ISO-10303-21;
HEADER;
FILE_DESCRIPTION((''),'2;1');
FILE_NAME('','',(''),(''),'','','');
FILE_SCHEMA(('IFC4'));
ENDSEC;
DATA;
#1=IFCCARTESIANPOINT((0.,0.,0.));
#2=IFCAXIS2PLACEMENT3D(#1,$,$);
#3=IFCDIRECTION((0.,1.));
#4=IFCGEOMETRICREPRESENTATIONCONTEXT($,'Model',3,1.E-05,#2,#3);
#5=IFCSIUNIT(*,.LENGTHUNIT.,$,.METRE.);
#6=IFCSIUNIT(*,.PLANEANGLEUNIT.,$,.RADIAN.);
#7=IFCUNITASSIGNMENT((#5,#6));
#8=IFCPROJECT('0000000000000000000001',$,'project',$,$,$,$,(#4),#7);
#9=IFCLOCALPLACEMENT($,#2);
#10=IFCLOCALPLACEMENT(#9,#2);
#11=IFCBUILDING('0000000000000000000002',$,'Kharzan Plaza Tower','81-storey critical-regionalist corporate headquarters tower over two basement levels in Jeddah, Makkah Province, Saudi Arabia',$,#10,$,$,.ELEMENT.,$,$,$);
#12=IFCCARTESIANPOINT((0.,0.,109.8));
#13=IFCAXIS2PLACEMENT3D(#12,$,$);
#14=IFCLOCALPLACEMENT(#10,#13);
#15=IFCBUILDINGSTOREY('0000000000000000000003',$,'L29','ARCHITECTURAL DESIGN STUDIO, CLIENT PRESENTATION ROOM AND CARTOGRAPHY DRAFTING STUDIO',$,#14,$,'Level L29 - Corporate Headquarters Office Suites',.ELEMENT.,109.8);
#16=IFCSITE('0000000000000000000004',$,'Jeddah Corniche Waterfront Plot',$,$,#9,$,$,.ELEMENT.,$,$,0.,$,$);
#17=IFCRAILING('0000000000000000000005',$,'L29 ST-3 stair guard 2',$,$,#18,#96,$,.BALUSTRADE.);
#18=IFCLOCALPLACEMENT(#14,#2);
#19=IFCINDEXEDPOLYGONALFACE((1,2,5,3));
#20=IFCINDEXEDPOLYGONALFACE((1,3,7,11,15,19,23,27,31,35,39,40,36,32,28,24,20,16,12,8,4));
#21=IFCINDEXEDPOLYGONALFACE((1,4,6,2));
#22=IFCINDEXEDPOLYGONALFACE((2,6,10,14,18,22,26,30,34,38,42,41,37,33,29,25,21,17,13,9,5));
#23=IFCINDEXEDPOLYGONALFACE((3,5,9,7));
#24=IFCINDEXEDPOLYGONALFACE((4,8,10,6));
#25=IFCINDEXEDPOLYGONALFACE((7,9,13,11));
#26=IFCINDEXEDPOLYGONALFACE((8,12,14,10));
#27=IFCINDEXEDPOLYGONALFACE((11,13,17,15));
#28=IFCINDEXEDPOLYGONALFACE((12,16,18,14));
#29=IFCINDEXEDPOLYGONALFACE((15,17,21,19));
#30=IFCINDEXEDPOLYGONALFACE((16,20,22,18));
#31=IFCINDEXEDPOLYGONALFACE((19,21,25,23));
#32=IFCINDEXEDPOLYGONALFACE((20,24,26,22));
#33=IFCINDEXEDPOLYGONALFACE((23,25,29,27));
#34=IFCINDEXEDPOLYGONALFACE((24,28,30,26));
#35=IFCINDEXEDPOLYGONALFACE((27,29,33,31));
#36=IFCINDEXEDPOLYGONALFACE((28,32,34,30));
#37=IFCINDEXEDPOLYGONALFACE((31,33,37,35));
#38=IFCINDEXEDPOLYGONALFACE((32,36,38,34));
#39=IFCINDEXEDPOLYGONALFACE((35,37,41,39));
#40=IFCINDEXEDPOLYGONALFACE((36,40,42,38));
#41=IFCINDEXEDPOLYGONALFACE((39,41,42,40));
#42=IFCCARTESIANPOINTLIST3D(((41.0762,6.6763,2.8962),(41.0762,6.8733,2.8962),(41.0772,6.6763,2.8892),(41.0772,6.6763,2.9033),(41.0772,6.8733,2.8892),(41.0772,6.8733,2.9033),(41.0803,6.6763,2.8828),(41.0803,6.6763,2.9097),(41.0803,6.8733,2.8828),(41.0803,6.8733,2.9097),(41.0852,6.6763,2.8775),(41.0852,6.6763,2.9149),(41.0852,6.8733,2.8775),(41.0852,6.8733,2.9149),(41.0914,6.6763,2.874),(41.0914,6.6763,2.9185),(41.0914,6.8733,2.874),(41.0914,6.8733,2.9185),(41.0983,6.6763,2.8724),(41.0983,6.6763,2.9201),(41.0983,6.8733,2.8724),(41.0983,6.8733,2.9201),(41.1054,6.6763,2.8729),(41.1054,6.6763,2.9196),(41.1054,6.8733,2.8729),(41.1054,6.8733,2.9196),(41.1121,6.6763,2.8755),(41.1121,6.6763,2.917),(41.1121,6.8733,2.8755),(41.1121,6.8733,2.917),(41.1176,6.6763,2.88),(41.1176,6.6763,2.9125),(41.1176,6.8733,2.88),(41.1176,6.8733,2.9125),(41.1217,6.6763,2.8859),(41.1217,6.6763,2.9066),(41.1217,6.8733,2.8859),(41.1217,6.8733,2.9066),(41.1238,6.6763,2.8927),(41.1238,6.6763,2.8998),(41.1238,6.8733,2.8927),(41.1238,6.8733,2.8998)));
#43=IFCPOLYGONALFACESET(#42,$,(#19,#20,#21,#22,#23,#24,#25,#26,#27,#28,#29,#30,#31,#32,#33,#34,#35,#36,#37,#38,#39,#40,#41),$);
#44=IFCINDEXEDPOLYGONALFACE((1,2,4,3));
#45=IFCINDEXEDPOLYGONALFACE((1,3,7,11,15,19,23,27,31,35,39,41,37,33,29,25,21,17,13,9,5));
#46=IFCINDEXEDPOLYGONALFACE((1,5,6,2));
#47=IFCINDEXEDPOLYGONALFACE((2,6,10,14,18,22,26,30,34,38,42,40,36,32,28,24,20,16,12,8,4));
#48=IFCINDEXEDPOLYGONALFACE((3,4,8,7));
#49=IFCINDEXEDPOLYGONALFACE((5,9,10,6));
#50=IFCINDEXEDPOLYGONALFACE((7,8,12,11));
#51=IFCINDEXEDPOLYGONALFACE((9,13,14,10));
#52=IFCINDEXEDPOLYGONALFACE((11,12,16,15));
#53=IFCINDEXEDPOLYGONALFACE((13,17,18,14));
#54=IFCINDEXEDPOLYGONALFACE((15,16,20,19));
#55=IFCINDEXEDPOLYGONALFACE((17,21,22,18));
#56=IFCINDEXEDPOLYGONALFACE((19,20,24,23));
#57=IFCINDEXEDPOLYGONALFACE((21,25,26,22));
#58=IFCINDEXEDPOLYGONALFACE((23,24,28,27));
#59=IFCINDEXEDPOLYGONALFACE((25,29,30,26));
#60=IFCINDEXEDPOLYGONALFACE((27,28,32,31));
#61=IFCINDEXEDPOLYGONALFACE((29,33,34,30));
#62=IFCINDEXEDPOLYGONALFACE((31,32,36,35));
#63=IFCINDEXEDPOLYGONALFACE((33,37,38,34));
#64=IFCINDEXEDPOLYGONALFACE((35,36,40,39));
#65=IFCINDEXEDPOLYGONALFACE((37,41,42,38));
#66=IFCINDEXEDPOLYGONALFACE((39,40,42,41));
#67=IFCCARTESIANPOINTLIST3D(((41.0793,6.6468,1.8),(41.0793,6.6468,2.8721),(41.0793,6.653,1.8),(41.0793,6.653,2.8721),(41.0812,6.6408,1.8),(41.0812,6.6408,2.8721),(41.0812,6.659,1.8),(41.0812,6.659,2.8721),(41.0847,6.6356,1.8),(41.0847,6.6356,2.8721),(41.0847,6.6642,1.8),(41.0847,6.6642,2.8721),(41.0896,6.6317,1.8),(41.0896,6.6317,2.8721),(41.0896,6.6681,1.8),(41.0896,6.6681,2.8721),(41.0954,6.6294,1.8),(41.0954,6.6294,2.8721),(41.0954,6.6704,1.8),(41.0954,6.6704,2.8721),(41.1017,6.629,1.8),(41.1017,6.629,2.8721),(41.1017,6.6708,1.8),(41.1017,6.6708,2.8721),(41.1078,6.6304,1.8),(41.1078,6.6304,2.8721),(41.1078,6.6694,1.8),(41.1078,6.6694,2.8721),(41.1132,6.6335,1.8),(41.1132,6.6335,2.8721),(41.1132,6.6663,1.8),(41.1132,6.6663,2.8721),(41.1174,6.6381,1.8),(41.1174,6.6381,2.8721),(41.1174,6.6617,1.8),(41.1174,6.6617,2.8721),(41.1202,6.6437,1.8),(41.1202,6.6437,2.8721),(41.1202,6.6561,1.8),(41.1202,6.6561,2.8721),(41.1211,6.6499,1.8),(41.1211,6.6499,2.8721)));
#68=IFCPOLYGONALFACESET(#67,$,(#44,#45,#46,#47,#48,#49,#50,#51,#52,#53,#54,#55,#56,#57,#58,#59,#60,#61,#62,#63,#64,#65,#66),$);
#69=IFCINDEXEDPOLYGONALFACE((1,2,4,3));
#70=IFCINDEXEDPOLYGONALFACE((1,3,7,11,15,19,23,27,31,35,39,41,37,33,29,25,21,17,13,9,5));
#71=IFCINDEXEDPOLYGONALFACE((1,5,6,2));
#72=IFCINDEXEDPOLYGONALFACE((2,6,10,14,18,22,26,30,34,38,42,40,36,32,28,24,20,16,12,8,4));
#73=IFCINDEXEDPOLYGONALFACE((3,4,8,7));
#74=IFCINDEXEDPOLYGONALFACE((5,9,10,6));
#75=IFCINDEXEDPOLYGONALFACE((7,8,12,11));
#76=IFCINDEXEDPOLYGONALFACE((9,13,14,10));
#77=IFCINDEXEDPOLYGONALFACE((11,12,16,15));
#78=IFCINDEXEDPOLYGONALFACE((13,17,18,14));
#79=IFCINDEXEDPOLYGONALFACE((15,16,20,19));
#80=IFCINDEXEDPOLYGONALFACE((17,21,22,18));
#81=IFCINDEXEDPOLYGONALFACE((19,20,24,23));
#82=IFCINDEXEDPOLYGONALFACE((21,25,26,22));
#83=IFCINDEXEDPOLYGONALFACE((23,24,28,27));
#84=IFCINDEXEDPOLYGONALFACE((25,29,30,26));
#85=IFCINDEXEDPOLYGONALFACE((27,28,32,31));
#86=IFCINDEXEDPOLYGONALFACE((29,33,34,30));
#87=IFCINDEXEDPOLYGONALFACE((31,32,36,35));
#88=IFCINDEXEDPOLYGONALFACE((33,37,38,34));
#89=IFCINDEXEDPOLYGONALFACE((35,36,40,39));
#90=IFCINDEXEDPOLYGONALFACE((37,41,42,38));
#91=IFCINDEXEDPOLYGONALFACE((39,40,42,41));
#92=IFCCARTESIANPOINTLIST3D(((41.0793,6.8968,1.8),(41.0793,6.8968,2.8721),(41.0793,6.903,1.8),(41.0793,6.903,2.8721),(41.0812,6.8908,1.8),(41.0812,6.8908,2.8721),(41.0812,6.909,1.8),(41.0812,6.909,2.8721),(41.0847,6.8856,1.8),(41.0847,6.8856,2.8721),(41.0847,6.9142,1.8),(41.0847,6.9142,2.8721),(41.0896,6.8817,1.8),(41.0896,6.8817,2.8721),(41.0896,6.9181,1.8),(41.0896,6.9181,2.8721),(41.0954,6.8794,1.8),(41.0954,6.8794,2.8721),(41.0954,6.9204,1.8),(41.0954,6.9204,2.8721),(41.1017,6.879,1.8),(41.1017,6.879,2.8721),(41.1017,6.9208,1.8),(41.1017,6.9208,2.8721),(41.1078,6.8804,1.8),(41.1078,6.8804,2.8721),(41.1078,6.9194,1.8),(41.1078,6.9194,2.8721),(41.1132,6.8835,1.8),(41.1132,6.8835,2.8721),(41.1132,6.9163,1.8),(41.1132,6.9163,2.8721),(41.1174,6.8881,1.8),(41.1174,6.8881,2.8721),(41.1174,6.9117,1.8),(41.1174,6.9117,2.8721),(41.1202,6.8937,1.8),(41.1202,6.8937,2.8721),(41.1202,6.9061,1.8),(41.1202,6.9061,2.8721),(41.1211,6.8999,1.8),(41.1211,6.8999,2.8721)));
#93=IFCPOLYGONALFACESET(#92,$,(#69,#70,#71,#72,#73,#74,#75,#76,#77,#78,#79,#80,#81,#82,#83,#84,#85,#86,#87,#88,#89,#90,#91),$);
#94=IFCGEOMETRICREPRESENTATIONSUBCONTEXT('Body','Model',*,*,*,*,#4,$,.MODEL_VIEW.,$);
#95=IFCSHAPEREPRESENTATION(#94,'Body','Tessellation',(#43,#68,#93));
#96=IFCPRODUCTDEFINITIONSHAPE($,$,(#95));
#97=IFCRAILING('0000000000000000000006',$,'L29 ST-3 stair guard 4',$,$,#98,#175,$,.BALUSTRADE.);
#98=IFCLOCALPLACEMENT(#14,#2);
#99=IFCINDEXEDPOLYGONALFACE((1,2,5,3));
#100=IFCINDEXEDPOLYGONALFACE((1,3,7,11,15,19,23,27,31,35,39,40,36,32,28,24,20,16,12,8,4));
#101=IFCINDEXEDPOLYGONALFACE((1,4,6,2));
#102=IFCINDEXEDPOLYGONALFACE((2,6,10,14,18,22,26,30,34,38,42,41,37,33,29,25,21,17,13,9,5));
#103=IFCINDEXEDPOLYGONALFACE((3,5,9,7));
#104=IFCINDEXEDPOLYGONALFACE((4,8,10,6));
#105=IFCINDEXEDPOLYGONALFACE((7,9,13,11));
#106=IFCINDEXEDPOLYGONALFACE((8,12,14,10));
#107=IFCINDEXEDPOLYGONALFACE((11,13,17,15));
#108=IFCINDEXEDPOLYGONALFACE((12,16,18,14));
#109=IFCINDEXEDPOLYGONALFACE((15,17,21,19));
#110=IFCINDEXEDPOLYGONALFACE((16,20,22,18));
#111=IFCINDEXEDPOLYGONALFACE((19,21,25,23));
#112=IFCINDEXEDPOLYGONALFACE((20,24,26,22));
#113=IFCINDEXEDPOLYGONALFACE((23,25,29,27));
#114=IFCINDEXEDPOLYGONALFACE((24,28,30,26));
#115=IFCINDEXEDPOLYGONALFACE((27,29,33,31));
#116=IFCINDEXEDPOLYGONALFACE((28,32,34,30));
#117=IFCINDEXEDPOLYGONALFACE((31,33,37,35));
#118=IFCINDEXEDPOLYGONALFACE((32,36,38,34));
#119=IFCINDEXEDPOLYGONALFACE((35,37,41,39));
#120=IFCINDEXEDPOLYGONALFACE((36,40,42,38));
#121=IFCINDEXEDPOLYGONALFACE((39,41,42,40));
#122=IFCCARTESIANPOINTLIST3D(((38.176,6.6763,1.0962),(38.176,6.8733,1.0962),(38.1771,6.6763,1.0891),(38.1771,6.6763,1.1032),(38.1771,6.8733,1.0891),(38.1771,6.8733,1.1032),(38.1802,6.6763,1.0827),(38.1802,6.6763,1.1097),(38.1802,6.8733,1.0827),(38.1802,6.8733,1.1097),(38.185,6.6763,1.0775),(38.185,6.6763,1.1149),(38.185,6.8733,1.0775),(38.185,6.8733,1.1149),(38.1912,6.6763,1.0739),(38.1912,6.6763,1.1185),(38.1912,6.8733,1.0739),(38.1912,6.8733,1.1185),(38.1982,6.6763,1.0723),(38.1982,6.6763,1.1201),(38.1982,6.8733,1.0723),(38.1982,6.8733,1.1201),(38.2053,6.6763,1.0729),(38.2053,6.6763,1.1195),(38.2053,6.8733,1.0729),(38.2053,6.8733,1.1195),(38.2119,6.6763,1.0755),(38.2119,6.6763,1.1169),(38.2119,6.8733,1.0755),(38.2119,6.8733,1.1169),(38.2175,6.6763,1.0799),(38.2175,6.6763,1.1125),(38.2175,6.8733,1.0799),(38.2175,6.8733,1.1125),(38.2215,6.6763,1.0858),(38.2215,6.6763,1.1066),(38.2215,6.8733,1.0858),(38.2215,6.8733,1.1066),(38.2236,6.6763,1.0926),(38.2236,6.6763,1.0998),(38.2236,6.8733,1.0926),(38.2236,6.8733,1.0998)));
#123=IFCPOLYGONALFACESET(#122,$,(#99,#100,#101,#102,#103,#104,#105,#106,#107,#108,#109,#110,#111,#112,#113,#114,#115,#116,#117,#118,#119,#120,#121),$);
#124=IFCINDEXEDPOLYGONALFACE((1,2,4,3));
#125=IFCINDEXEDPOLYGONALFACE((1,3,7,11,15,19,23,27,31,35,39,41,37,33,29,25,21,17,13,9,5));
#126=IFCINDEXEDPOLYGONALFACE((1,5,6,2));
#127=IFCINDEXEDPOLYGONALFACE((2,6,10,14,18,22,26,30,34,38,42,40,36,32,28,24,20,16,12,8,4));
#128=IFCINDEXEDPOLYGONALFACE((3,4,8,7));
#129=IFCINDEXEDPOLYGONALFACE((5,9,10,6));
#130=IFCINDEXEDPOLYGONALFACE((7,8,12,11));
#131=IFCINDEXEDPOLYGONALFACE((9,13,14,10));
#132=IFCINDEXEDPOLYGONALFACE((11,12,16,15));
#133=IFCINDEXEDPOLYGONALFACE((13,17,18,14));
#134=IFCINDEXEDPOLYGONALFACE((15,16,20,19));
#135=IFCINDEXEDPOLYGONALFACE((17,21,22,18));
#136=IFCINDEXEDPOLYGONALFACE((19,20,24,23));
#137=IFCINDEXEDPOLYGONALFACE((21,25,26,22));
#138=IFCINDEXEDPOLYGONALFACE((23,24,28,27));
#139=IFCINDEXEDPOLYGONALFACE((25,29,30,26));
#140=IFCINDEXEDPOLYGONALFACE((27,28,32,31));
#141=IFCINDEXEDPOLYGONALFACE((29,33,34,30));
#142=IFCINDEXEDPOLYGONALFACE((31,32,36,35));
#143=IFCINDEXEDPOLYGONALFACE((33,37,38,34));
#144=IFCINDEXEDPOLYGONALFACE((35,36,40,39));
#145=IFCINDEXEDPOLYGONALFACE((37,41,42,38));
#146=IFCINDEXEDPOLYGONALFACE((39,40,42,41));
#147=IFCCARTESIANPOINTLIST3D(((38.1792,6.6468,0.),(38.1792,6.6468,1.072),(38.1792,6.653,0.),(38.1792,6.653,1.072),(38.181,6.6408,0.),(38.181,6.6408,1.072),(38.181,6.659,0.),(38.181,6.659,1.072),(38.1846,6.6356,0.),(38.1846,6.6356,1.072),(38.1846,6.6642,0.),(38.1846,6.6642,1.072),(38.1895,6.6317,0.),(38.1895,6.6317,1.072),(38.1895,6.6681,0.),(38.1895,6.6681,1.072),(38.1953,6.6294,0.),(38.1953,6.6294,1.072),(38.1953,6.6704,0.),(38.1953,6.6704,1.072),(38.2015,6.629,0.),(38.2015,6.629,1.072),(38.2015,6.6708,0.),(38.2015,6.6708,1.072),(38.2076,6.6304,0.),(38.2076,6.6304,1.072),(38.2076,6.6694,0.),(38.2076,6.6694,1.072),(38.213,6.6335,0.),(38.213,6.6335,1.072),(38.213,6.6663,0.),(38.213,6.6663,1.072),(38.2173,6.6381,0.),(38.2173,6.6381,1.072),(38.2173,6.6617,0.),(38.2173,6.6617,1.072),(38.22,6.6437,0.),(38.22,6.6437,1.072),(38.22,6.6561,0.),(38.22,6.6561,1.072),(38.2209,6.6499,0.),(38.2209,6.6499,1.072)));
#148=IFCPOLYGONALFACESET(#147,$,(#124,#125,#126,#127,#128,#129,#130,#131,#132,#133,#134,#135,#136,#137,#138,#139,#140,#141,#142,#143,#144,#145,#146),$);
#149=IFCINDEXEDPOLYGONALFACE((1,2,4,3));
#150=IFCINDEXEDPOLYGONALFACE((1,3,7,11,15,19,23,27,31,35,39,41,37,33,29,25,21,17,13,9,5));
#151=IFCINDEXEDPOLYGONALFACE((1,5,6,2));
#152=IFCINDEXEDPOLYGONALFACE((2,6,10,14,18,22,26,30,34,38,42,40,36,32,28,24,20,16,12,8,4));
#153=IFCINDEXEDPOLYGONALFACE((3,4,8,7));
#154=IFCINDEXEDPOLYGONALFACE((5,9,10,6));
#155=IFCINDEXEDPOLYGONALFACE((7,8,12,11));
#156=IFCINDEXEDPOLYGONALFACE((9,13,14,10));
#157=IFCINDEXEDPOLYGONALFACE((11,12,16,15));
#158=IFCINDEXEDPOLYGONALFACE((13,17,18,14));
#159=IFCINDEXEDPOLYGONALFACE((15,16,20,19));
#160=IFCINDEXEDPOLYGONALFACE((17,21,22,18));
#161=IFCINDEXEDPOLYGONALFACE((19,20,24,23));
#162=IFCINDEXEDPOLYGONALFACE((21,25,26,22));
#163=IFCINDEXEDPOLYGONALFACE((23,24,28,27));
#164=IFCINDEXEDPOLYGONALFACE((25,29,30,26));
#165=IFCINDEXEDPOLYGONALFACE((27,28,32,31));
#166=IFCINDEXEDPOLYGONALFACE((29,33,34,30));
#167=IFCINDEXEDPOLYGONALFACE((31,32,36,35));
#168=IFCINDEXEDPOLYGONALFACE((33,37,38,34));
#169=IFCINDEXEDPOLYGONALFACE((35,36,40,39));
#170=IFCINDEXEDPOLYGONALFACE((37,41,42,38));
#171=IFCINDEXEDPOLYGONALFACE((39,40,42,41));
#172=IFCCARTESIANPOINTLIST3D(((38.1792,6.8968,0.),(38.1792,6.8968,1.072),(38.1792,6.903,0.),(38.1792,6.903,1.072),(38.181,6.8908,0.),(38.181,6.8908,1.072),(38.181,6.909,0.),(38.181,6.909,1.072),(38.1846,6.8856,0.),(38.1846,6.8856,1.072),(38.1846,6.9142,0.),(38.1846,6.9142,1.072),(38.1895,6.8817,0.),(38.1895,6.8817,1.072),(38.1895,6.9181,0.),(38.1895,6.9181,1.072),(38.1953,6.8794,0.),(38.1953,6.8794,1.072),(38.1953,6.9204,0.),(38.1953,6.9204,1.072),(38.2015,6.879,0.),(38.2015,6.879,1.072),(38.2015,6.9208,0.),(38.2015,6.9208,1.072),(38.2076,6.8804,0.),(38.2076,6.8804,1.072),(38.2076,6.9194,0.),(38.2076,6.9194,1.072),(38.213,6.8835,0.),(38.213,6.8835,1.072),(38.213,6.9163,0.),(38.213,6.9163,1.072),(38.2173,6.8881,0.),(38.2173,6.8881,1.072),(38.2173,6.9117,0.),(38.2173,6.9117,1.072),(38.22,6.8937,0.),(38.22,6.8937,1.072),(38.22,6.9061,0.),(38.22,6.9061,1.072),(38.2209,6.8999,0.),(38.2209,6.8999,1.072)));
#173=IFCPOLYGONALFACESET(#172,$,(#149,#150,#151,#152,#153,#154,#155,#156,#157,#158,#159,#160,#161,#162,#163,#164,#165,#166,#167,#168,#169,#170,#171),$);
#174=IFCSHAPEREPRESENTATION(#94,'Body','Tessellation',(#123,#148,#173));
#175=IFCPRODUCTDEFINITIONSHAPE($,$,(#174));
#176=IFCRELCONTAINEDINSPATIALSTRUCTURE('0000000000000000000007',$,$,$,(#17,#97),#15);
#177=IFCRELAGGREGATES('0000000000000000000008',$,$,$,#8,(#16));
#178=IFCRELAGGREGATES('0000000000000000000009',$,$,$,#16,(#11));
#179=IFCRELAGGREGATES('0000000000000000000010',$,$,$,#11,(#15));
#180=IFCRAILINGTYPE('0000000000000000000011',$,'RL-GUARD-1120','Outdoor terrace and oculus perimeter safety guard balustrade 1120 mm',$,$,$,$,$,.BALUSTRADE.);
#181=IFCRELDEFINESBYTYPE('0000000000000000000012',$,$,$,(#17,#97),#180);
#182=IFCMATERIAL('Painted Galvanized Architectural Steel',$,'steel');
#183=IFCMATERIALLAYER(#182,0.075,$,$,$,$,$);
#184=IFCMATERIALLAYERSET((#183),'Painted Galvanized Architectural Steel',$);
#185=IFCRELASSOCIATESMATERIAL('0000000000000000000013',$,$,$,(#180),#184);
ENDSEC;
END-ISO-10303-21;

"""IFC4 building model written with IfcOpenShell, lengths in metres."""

from ifc_helpers import new_model, si_unit, direction, frame, origin, origin_2d, place, context, subcontext, project, spatial, circle, extrude, source, transform, mapped, material, layer, layer_set, type_object, element, save


model = new_model("IFC4")

# Units and contexts
model_context = context("Model", 3, precision=1e-05, world=origin(), true_north=direction((0.0, 1.0)))
body_context = subcontext(model_context, "Body", "Model", "MODEL_VIEW")
ifc_project = project(units=[si_unit("LENGTHUNIT", "METRE"), si_unit("PLANEANGLEUNIT", "RADIAN")], contexts=[model_context])

# Site, building, storey
site_placement = place(None, origin())
site = spatial("IfcSite", under=ifc_project, at=site_placement, Name="Jeddah Corniche Waterfront Plot", CompositionType="ELEMENT", RefElevation=0.0)
building_placement = place(site_placement, origin())
building = spatial("IfcBuilding", under=site, at=building_placement, Name="Kharzan Plaza Tower", Description="81-storey critical-regionalist corporate headquarters tower over two basement levels in Jeddah, Makkah Province, Saudi Arabia", CompositionType="ELEMENT")
storey_placement = place(building_placement, frame((0.0, 0.0, 109.8)))
storey = spatial("IfcBuildingStorey", under=building, at=storey_placement, Name="L29", Description="ARCHITECTURAL DESIGN STUDIO, CLIENT PRESENTATION ROOM AND CARTOGRAPHY DRAFTING STUDIO", LongName="Level L29 - Corporate Headquarters Office Suites", CompositionType="ELEMENT", Elevation=109.8)

# Railings
ifc_material_1 = material(Name="Painted Galvanized Architectural Steel", Category="steel")
ifc_layer_1 = layer(ifc_material_1, 0.075)
ifc_layer_set_1 = layer_set([ifc_layer_1], Name="Painted Galvanized Architectural Steel")
railing_type_1 = type_object("IfcRailingType", Name="RL-GUARD-1120", Description="Outdoor terrace and oculus perimeter safety guard balustrade 1120 mm", PredefinedType="BALUSTRADE", material=ifc_layer_set_1)
shared_shape_1 = source(origin(), body_context, "Body", "SweptSolid", [
    extrude(circle(Radius=0.0239, at=origin_2d()), frame((0.0, 0.0264, 1.0962), z_axis=(0.0, 1.0, 0.0), x_axis=(-1.0, 0.0, 0.0)), (0.0, 0.0, 1.0), 0.197),
    extrude(circle(Radius=0.021, at=origin_2d()), origin(), (0.0, 0.0, 1.0), 1.072),
    extrude(circle(Radius=0.021, at=origin_2d()), frame((0.0, 0.25, 0.0)), (0.0, 0.0, 1.0), 1.072),
])
for number, where, name in (
    (1, (41.1001, 6.6499, 1.8), "L29 ST-3 stair guard 2"),
    (2, (38.2, 6.6499, 0.0), "L29 ST-3 stair guard 4"),
):
    element("IfcRailing", number, at=place(storey_placement, frame(where)), inside=storey, type_object=railing_type_1, Name=name, PredefinedType="BALUSTRADE", context=body_context, shape_type="MappedRepresentation", body=[
        mapped(shared_shape_1, transform((0.0, 0.0, 0.0), x_axis=(1.0, 0.0, 0.0), y_axis=(0.0, 1.0, 0.0), z_axis=(0.0, 0.0, 1.0))),
    ])

save(model, "model.ifc")
